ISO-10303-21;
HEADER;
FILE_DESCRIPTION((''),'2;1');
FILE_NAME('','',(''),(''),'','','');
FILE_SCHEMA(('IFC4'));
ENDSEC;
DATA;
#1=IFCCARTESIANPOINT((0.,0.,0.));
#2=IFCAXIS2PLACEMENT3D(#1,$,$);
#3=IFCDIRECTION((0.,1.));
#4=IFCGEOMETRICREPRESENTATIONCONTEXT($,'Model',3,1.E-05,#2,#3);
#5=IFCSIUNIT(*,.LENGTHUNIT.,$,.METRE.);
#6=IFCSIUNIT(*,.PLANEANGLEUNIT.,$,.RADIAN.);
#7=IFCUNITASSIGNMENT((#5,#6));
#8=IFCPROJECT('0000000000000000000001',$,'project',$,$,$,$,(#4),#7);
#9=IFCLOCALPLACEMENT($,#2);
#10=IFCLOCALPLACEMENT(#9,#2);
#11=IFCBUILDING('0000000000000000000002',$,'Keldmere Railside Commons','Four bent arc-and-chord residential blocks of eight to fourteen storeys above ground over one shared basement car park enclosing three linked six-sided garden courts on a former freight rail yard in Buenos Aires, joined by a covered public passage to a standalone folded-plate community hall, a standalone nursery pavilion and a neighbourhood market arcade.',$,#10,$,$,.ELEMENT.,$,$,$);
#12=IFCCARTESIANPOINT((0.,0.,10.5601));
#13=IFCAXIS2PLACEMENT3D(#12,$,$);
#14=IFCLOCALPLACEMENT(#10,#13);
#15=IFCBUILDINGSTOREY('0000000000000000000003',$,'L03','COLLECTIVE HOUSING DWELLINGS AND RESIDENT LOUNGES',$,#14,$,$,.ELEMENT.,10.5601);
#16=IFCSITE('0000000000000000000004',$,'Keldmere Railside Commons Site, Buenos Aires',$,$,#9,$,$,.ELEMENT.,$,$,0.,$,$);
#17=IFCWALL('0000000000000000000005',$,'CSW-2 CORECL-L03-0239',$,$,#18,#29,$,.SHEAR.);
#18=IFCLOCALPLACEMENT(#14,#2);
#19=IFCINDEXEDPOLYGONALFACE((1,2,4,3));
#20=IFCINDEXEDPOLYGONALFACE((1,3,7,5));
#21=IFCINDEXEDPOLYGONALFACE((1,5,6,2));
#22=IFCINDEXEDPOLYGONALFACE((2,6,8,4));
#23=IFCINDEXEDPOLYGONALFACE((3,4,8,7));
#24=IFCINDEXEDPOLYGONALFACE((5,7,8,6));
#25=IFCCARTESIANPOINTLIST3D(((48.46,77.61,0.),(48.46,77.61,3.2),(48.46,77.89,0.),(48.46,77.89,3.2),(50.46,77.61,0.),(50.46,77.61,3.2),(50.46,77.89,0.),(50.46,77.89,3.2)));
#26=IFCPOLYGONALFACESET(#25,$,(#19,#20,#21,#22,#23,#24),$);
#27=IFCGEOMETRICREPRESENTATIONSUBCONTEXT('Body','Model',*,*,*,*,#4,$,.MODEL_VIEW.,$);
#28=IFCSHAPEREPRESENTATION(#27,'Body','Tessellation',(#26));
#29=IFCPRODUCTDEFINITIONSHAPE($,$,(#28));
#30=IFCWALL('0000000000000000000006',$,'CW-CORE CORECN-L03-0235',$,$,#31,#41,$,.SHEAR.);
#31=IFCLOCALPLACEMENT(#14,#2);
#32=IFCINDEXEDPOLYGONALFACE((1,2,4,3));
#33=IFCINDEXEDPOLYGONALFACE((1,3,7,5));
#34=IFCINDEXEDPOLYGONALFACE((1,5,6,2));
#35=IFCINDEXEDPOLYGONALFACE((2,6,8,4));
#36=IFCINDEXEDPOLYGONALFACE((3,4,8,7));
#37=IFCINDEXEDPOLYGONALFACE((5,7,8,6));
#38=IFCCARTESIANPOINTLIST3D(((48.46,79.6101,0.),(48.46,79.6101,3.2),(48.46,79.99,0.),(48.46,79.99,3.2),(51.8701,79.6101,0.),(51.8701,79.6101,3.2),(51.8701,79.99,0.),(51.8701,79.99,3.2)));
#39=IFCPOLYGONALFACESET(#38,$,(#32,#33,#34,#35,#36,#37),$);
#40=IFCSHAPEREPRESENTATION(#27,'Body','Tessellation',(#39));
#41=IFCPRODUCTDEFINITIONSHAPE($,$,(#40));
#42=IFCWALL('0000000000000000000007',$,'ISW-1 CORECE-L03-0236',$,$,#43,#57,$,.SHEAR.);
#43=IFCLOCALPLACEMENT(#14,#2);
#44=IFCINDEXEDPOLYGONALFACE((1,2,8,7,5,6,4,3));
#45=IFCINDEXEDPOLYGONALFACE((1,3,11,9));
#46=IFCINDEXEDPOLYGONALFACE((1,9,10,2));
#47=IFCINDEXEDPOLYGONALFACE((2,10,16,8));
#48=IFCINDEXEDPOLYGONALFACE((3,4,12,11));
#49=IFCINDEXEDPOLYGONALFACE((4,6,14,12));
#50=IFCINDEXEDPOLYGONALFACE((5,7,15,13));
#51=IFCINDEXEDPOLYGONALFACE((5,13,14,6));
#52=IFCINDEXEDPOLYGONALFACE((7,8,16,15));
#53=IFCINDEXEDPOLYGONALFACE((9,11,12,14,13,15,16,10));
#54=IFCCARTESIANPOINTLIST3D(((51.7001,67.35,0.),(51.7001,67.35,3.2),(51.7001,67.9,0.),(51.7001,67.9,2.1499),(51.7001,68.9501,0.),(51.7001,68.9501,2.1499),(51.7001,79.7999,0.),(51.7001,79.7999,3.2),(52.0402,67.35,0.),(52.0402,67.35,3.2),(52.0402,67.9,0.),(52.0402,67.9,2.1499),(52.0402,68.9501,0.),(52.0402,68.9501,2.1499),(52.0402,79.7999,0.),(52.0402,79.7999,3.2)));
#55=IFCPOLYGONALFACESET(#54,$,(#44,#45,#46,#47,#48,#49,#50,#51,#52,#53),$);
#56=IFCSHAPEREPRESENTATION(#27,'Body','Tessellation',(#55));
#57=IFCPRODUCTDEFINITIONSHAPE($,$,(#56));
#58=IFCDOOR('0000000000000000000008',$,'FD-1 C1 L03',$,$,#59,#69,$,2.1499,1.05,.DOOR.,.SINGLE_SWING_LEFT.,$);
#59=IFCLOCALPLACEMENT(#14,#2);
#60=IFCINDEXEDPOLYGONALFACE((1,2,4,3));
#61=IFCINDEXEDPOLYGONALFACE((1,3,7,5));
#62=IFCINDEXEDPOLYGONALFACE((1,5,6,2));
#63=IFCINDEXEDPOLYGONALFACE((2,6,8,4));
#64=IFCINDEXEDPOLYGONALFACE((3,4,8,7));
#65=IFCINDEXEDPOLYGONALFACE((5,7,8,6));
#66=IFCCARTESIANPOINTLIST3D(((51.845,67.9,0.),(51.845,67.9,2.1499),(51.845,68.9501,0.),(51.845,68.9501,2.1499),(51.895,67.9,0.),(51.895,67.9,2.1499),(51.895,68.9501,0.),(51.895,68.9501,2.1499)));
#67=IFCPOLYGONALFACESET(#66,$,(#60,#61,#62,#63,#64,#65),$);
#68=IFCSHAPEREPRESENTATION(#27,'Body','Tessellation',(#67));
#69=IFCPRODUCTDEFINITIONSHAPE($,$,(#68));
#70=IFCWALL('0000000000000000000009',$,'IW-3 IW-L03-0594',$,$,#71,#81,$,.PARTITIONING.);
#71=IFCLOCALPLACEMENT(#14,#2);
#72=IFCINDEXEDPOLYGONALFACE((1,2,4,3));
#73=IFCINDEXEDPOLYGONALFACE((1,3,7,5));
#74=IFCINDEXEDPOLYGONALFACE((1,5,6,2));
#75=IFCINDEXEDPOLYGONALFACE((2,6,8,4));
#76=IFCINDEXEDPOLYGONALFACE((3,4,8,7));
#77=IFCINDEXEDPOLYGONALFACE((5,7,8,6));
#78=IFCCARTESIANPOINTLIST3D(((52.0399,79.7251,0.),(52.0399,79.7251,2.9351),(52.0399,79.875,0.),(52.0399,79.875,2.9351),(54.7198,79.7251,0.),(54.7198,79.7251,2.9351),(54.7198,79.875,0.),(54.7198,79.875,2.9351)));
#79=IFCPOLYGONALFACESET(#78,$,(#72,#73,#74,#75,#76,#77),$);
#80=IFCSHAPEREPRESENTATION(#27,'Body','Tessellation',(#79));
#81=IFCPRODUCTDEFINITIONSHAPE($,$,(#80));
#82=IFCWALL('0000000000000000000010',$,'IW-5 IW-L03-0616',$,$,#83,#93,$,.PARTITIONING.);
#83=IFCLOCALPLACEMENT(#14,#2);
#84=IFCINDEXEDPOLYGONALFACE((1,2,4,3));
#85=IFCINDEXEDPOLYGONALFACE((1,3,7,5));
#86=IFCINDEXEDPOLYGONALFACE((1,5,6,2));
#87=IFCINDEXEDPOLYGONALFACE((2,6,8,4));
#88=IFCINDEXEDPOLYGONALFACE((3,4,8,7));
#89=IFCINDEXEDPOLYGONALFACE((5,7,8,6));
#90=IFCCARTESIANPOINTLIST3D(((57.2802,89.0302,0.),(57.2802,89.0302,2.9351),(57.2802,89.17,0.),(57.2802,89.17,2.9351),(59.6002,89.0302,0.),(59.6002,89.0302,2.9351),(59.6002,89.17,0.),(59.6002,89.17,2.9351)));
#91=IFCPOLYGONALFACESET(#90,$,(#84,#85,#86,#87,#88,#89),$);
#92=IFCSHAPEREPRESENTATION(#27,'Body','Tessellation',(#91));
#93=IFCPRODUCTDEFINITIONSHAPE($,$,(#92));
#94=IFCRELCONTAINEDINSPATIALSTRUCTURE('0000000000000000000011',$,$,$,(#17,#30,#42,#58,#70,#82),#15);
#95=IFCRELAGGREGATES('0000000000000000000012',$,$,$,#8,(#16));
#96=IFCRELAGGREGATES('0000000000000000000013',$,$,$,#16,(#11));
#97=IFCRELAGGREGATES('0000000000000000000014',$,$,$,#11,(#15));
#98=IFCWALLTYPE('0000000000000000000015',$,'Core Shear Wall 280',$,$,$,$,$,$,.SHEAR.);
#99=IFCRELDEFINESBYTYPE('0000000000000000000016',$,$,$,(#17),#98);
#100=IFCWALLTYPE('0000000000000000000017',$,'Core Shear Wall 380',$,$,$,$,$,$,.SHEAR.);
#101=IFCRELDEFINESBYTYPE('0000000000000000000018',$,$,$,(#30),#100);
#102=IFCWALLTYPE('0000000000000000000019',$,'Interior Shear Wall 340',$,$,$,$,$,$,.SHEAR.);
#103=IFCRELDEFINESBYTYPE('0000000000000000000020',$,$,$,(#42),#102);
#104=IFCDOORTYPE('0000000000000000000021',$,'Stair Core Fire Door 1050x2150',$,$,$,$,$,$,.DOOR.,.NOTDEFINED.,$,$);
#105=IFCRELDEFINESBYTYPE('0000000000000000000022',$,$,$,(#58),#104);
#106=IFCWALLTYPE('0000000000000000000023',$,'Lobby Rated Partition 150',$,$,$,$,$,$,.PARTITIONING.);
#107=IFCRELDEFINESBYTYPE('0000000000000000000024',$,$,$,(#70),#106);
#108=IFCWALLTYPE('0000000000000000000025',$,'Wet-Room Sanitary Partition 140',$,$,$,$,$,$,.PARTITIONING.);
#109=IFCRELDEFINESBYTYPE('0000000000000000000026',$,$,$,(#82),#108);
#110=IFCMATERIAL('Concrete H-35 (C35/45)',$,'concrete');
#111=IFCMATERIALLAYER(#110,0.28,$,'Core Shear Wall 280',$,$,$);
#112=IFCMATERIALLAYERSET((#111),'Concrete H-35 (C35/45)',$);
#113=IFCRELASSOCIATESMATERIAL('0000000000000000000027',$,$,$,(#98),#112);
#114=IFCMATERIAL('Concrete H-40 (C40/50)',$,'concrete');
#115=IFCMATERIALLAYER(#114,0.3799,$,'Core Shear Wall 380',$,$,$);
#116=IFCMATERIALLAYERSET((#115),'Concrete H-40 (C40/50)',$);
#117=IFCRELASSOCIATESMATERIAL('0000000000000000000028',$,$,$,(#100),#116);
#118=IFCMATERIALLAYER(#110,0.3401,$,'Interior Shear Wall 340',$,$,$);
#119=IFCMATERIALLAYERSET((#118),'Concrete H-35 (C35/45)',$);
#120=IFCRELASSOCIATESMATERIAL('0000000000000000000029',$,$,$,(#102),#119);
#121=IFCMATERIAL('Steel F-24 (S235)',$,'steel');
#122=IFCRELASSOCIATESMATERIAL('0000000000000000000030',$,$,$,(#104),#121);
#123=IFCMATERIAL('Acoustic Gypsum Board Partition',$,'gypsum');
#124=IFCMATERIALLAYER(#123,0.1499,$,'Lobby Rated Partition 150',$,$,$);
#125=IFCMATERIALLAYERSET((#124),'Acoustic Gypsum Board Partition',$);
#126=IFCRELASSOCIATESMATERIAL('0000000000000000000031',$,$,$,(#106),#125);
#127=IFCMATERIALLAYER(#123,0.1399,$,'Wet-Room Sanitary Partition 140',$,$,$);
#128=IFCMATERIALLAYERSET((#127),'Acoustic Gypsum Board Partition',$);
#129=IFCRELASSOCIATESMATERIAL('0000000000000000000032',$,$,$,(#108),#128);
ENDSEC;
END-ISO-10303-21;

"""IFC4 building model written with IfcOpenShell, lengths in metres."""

from ifc_helpers import new_model, si_unit, direction, frame, frame_2d, origin, place, context, subcontext, project, spatial, rectangle, extrude, material, layer, layer_set, type_object, element, fill, save


model = new_model("IFC4")

# Units and contexts
model_context = context("Model", 3, precision=1e-05, world=origin(), true_north=direction((0.0, 1.0)))
body_context = subcontext(model_context, "Body", "Model", "MODEL_VIEW")
ifc_project = project(units=[si_unit("LENGTHUNIT", "METRE"), si_unit("PLANEANGLEUNIT", "RADIAN")], contexts=[model_context])

# Site, building, storey
site_placement = place(None, origin())
site = spatial("IfcSite", under=ifc_project, at=site_placement, Name="Keldmere Railside Commons Site, Buenos Aires", CompositionType="ELEMENT", RefElevation=0.0)
building_placement = place(site_placement, origin())
building = spatial("IfcBuilding", under=site, at=building_placement, Name="Keldmere Railside Commons", Description="Four bent arc-and-chord residential blocks of eight to fourteen storeys above ground over one shared basement car park enclosing three linked six-sided garden courts on a former freight rail yard in Buenos Aires, joined by a covered public passage to a standalone folded-plate community hall, a standalone nursery pavilion and a neighbourhood market arcade.", CompositionType="ELEMENT")
storey_placement = place(building_placement, frame((0.0, 0.0, 10.5601)))
storey = spatial("IfcBuildingStorey", under=building, at=storey_placement, Name="L03", Description="COLLECTIVE HOUSING DWELLINGS AND RESIDENT LOUNGES", CompositionType="ELEMENT", Elevation=10.5601)

# Shared definitions
ifc_material_1 = material(Name="Concrete H-35 (C35/45)", Category="concrete")

# Shared definitions
ifc_material_2 = material(Name="Acoustic Gypsum Board Partition", Category="gypsum")

# Walls
ifc_layer_1 = layer(ifc_material_1, 0.28, Name="Core Shear Wall 280")
ifc_layer_set_1 = layer_set([ifc_layer_1], Name="Concrete H-35 (C35/45)")
wall_type_1 = type_object("IfcWallType", Name="Core Shear Wall 280", PredefinedType="SHEAR", material=ifc_layer_set_1)
wall_1_placement = place(storey_placement, frame((48.46, 77.75, 0.0), z_axis=(0.0, 0.0, 1.0), x_axis=(1.0, 0.0, 0.0)))
element("IfcWall", 1, at=wall_1_placement, inside=storey, type_object=wall_type_1, Name="CSW-2 CORECL-L03-0239", PredefinedType="SHEAR", context=body_context, shape_type="SweptSolid", body=[
    extrude(rectangle(XDim=2.0, YDim=0.28, at=frame_2d((1.0, 0.0))), origin(), (0.0, 0.0, 1.0), 3.2),
])
ifc_material_3 = material(Name="Concrete H-40 (C40/50)", Category="concrete")
ifc_layer_2 = layer(ifc_material_3, 0.3799, Name="Core Shear Wall 380")
ifc_layer_set_2 = layer_set([ifc_layer_2], Name="Concrete H-40 (C40/50)")
wall_type_2 = type_object("IfcWallType", Name="Core Shear Wall 380", PredefinedType="SHEAR", material=ifc_layer_set_2)
wall_2_placement = place(storey_placement, frame((48.46, 79.8, 0.0), z_axis=(0.0, 0.0, 1.0), x_axis=(1.0, 0.0, 0.0)))
element("IfcWall", 2, at=wall_2_placement, inside=storey, type_object=wall_type_2, Name="CW-CORE CORECN-L03-0235", PredefinedType="SHEAR", context=body_context, shape_type="SweptSolid", body=[
    extrude(rectangle(XDim=3.4102, YDim=0.3799, at=frame_2d((1.7051, 0.0))), origin(), (0.0, 0.0, 1.0), 3.2),
])

# Wall, opening, door
ifc_layer_3 = layer(ifc_material_1, 0.3401, Name="Interior Shear Wall 340")
ifc_layer_set_3 = layer_set([ifc_layer_3], Name="Concrete H-35 (C35/45)")
wall_type_3 = type_object("IfcWallType", Name="Interior Shear Wall 340", PredefinedType="SHEAR", material=ifc_layer_set_3)
wall_3_placement = place(storey_placement, frame((51.8701, 79.8, 0.0), z_axis=(0.0, 0.0, 1.0), x_axis=(0.0, -1.0, 0.0)))
wall_3 = element("IfcWall", 3, at=wall_3_placement, inside=storey, type_object=wall_type_3, Name="ISW-1 CORECE-L03-0236", PredefinedType="SHEAR", context=body_context, shape_type="SweptSolid", body=[
    extrude(rectangle(XDim=12.45, YDim=0.3401, at=frame_2d((6.2251, 0.0))), origin(), (0.0, 0.0, 1.0), 3.2),
])
opening_1_placement = place(wall_3_placement, frame((10.8501, 0.0, 0.0)))
opening_1 = element("IfcOpeningElement", 4, at=opening_1_placement, cuts=wall_3, PredefinedType="OPENING", context=body_context, shape_type="SweptSolid", body=[
    extrude(rectangle(XDim=1.05, YDim=2.1499, at=frame_2d((0.5249, 1.075))), frame((0.0, 0.1799, 0.0), z_axis=(0.0, -1.0, 0.0), x_axis=(1.0, 0.0, 0.0)), (0.0, 0.0, 1.0), 0.3601),
])
ifc_material_4 = material(Name="Steel F-24 (S235)", Category="steel")
door_type_1 = type_object("IfcDoorType", Name="Stair Core Fire Door 1050x2150", OperationType="NOTDEFINED", PredefinedType="DOOR", material=ifc_material_4)
door_1_placement = place(opening_1_placement, origin())
door_1 = element("IfcDoor", 5, at=door_1_placement, inside=storey, type_object=door_type_1, Name="FD-1 C1 L03", OperationType="SINGLE_SWING_LEFT", OverallHeight=2.1499, OverallWidth=1.05, PredefinedType="DOOR", context=body_context, shape_type="SweptSolid", body=[
    extrude(rectangle(XDim=1.05, YDim=2.1499, at=frame_2d((0.5249, 1.075))), frame((0.0, 0.0249, 0.0), z_axis=(0.0, -1.0, 0.0), x_axis=(1.0, 0.0, 0.0)), (0.0, 0.0, 1.0), 0.05),
])
fill(opening_1, door_1)

# Walls
ifc_layer_4 = layer(ifc_material_2, 0.1499, Name="Lobby Rated Partition 150")
ifc_layer_set_4 = layer_set([ifc_layer_4], Name="Acoustic Gypsum Board Partition")
wall_type_4 = type_object("IfcWallType", Name="Lobby Rated Partition 150", PredefinedType="PARTITIONING", material=ifc_layer_set_4)
wall_4_placement = place(storey_placement, frame((52.04, 79.8, 0.0), z_axis=(0.0, 0.0, 1.0), x_axis=(1.0, 0.0, 0.0)))
element("IfcWall", 6, at=wall_4_placement, inside=storey, type_object=wall_type_4, Name="IW-3 IW-L03-0594", PredefinedType="PARTITIONING", context=body_context, shape_type="SweptSolid", body=[
    extrude(rectangle(XDim=2.6799, YDim=0.1499, at=frame_2d((1.3398, 0.0))), origin(), (0.0, 0.0, 1.0), 2.9351),
])
ifc_layer_5 = layer(ifc_material_2, 0.1399, Name="Wet-Room Sanitary Partition 140")
ifc_layer_set_5 = layer_set([ifc_layer_5], Name="Acoustic Gypsum Board Partition")
wall_type_5 = type_object("IfcWallType", Name="Wet-Room Sanitary Partition 140", PredefinedType="PARTITIONING", material=ifc_layer_set_5)
wall_5_placement = place(storey_placement, frame((57.28, 89.1001, 0.0), z_axis=(0.0, 0.0, 1.0), x_axis=(1.0, 0.0, 0.0)))
element("IfcWall", 7, at=wall_5_placement, inside=storey, type_object=wall_type_5, Name="IW-5 IW-L03-0616", PredefinedType="PARTITIONING", context=body_context, shape_type="SweptSolid", body=[
    extrude(rectangle(XDim=2.3201, YDim=0.1399, at=frame_2d((1.1602, 0.0))), origin(), (0.0, 0.0, 1.0), 2.9351),
])

save(model, "model.ifc")
